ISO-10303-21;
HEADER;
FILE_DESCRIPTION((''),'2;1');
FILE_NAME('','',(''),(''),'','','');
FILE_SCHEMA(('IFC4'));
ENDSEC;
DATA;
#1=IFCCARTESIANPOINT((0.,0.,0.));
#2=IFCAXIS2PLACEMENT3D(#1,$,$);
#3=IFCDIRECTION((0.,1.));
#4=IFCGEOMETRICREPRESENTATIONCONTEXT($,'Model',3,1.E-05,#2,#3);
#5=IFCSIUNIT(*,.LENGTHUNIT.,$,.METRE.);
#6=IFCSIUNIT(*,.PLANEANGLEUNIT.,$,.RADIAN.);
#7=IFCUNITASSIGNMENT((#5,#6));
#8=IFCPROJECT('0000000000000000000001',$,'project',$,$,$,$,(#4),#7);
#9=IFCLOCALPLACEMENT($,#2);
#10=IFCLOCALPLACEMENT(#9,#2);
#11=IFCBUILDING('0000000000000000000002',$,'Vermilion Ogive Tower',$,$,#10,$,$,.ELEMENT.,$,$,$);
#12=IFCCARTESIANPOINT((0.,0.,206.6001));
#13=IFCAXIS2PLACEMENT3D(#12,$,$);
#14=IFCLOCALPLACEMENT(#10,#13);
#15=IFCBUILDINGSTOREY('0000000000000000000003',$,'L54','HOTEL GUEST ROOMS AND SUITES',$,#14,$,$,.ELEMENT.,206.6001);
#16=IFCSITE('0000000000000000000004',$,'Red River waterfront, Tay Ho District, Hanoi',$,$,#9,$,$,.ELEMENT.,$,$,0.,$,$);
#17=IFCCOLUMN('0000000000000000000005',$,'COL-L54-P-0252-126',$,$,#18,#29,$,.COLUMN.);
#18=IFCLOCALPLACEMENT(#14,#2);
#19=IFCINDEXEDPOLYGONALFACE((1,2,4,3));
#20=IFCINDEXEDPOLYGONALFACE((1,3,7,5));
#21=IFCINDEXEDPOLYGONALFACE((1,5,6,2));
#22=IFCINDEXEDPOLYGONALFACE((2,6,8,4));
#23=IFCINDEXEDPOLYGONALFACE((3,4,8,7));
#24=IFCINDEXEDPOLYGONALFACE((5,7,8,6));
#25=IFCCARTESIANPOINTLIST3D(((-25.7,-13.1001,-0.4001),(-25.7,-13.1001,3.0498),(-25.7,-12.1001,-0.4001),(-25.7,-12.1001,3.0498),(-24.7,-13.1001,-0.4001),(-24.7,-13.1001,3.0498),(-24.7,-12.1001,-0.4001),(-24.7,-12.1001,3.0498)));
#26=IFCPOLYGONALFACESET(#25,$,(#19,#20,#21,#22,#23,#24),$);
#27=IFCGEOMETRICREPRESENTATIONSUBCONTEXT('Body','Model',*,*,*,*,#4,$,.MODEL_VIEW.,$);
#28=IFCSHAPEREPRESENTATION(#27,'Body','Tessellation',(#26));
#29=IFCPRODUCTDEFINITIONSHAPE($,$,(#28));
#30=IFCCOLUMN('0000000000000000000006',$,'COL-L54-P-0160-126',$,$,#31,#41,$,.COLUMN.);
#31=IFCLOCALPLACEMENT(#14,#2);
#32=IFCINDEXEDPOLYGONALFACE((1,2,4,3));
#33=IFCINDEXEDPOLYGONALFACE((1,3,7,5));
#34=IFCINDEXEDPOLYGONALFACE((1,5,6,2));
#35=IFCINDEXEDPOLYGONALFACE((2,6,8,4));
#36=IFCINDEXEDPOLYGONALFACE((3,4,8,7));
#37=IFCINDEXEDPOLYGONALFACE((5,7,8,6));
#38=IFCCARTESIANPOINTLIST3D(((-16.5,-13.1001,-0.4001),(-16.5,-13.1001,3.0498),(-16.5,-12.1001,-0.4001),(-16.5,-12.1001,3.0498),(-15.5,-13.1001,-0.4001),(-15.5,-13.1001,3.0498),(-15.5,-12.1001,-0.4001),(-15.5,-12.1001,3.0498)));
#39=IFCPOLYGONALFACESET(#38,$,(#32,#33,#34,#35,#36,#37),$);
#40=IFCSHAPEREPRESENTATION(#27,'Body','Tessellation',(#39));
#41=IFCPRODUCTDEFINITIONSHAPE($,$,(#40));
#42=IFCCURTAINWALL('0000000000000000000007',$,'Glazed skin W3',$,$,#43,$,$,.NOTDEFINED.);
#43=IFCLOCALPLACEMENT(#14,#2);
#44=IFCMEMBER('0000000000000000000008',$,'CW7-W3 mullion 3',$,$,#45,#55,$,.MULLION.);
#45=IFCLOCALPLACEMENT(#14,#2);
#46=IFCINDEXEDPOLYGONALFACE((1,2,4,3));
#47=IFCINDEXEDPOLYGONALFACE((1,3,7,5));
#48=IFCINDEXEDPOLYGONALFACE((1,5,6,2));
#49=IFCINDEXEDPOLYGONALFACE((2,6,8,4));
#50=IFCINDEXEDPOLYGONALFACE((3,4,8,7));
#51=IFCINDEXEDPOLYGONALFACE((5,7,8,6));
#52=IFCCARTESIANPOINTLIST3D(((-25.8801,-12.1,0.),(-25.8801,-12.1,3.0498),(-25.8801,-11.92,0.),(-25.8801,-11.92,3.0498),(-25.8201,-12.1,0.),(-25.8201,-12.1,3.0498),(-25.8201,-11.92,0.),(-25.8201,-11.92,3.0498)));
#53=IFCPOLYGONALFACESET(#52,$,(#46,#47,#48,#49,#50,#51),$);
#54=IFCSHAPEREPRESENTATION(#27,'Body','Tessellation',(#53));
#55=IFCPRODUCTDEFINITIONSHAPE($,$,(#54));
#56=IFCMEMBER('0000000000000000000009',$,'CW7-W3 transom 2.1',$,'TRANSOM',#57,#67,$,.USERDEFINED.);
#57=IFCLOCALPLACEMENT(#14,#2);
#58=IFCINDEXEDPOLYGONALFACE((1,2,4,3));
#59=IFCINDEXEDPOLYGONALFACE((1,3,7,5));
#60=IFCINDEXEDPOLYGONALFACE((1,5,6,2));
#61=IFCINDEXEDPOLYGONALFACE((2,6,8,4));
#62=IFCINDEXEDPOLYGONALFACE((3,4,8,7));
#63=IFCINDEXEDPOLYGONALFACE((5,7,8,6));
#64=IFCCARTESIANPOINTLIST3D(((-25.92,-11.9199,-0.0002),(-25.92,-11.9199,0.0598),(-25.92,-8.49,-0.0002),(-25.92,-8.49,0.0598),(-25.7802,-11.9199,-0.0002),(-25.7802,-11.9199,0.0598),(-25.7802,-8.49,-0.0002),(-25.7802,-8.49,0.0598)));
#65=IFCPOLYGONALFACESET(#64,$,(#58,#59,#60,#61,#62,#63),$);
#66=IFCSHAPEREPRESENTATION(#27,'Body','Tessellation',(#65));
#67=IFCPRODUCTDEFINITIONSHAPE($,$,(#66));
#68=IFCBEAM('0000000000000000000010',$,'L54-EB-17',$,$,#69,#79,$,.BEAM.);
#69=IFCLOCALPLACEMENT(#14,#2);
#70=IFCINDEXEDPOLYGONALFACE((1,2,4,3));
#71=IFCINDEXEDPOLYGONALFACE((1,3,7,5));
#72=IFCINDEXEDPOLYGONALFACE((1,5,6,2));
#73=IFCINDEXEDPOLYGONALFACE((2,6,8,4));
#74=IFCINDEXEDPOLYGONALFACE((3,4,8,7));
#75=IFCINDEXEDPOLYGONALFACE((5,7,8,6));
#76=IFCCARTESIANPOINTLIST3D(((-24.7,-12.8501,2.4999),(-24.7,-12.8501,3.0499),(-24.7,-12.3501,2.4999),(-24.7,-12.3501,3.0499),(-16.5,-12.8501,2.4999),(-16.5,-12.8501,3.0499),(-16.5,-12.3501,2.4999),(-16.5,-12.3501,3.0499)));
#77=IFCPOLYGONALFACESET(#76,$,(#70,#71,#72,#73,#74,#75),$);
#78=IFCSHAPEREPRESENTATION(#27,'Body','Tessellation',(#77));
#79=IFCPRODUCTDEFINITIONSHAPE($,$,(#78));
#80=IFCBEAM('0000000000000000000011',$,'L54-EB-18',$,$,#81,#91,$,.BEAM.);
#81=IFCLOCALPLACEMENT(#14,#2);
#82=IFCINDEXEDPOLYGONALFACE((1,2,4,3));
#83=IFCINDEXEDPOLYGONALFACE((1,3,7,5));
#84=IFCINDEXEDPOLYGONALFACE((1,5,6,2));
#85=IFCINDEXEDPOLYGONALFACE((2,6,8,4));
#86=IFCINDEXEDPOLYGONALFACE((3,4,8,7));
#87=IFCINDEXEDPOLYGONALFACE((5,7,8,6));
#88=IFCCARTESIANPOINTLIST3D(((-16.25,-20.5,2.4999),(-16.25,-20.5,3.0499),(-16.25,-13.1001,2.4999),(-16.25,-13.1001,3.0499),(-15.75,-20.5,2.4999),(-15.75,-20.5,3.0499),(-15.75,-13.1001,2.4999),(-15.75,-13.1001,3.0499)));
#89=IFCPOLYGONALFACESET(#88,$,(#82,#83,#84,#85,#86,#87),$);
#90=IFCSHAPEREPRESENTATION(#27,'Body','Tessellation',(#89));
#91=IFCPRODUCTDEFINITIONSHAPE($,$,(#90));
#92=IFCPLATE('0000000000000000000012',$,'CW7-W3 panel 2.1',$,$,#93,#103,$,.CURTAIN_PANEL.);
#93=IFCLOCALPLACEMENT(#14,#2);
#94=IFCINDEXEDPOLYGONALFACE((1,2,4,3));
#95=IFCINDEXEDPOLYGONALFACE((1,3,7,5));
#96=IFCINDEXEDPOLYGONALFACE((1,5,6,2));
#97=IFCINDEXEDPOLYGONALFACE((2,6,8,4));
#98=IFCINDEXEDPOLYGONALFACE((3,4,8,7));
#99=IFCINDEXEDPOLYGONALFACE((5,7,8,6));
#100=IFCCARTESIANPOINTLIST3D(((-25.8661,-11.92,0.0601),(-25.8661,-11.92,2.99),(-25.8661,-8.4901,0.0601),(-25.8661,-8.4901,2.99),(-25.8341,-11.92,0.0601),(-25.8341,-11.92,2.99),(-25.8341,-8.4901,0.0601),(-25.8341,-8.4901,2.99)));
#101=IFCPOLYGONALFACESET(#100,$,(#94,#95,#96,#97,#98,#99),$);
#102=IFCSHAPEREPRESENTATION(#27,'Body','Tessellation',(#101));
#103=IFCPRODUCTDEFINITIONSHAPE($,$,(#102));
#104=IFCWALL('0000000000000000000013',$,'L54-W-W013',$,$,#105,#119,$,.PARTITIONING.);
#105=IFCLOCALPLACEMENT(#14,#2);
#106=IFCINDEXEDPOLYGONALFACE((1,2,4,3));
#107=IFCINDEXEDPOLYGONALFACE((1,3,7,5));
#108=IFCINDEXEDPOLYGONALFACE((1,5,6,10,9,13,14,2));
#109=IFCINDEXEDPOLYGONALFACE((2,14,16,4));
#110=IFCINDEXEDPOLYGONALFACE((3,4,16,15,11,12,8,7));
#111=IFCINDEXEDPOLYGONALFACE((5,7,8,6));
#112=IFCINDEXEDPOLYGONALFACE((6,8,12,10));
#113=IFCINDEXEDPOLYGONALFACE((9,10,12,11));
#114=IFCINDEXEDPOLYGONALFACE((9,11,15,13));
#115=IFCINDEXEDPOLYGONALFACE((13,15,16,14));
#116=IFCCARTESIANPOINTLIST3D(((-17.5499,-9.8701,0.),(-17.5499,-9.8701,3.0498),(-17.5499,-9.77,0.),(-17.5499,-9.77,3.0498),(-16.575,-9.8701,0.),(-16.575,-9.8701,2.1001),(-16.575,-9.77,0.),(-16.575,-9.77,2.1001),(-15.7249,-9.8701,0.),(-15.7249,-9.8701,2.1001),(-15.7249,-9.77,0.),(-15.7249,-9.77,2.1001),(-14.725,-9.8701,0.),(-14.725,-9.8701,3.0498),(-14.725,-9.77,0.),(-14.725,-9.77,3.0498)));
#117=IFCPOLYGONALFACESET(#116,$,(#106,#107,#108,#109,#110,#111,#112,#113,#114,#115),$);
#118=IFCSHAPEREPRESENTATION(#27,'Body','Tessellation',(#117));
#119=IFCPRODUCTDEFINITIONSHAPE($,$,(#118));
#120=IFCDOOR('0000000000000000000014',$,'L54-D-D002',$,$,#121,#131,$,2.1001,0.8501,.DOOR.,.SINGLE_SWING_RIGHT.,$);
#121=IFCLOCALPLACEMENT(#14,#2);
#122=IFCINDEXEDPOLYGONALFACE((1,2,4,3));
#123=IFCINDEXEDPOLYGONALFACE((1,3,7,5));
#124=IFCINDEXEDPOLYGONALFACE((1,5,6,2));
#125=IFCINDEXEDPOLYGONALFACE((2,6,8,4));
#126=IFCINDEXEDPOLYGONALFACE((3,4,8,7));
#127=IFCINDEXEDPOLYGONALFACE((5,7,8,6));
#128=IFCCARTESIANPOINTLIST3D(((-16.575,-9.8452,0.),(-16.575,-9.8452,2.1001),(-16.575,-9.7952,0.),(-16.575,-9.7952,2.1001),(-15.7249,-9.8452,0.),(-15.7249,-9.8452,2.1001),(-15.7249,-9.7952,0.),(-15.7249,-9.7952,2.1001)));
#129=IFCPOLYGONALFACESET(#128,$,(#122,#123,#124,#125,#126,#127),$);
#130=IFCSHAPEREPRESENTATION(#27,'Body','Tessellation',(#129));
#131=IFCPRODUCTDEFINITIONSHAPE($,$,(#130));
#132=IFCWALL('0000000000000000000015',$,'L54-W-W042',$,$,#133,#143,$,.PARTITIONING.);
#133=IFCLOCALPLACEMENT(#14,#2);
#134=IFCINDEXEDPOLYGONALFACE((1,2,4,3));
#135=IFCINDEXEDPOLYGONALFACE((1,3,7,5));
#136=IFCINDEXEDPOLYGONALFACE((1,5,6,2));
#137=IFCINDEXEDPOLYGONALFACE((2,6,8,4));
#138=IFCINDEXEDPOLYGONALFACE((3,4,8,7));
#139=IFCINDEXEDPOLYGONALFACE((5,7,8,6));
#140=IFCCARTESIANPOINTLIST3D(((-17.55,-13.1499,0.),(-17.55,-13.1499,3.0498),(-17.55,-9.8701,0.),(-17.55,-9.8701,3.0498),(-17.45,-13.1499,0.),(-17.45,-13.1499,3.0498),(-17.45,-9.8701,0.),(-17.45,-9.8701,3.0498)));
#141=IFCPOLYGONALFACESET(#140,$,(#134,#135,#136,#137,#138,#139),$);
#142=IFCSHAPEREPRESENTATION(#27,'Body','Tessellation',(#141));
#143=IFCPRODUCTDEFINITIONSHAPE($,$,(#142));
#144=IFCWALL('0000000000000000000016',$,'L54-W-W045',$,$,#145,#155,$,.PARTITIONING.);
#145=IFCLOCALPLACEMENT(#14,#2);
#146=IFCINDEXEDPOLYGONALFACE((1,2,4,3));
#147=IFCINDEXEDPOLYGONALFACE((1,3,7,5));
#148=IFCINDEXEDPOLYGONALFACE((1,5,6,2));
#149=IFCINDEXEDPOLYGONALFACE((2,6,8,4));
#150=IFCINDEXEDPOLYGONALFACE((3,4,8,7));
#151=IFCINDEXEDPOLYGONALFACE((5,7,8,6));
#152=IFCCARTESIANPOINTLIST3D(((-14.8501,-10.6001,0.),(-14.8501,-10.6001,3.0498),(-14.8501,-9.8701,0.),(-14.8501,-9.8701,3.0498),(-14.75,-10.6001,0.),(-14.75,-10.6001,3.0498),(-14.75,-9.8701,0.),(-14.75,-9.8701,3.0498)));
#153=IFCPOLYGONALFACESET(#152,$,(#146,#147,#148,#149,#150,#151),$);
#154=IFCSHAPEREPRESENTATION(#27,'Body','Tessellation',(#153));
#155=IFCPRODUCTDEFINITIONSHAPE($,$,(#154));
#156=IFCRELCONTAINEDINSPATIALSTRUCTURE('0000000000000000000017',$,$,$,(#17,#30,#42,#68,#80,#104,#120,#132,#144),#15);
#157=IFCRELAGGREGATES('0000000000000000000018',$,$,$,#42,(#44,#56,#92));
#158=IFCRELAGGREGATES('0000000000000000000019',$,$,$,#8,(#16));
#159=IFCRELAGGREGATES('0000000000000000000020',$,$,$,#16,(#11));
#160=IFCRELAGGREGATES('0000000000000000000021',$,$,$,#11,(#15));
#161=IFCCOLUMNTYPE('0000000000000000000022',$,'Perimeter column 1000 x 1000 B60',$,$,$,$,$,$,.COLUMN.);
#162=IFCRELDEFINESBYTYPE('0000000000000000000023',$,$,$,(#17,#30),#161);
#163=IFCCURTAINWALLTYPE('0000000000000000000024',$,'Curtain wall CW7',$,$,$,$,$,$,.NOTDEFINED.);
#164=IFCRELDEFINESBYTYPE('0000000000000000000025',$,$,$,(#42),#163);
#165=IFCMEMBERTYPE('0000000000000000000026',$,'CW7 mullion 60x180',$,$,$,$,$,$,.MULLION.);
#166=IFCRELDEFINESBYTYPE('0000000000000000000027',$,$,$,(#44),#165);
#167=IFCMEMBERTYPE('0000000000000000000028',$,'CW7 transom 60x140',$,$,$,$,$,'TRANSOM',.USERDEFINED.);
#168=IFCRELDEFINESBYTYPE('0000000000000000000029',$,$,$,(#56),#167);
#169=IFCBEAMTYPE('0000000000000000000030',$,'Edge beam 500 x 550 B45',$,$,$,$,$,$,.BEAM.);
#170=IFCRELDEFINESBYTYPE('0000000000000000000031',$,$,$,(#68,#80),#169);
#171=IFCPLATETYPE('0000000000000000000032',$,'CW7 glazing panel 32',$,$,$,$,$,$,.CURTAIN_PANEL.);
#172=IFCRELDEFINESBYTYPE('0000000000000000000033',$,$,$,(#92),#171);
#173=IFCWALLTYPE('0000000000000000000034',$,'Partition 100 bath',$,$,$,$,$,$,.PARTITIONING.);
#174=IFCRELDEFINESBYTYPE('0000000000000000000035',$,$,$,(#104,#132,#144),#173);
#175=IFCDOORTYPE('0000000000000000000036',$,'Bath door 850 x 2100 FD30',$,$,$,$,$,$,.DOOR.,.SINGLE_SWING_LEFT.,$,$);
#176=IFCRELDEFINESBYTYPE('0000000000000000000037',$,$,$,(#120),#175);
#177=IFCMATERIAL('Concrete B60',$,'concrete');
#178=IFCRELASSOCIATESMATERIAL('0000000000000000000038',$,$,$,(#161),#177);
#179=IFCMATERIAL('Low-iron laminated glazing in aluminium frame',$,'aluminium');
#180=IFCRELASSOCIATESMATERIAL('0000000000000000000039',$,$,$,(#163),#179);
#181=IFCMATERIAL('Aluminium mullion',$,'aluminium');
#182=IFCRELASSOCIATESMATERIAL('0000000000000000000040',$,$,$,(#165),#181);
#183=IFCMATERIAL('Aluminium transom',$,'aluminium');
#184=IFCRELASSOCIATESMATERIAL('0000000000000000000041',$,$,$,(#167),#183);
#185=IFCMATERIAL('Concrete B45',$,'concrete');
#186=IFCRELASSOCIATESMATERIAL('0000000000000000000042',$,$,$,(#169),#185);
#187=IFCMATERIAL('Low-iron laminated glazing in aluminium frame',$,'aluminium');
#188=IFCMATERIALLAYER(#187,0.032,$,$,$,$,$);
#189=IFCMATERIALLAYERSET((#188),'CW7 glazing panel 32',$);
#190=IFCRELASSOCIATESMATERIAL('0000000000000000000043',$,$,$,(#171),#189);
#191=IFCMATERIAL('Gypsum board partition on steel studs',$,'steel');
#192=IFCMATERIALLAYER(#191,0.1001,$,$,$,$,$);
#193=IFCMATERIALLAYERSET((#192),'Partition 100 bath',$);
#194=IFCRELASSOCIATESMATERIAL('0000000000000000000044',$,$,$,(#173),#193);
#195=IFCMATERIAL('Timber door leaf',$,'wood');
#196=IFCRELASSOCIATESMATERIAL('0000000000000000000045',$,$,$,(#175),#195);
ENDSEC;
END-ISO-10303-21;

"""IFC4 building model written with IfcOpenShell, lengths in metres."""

from ifc_helpers import new_model, si_unit, direction, frame, frame_2d, origin, origin_2d, place, context, subcontext, project, spatial, rectangle, extrude, material, layer, layer_set, material_profile, profile_set, type_object, element, fill, aggregate, save


model = new_model("IFC4")

# Units and contexts
model_context = context("Model", 3, precision=1e-05, world=origin(), true_north=direction((0.0, 1.0)))
body_context = subcontext(model_context, "Body", "Model", "MODEL_VIEW")
ifc_project = project(units=[si_unit("LENGTHUNIT", "METRE"), si_unit("PLANEANGLEUNIT", "RADIAN")], contexts=[model_context])

# Site, building, storey
site_placement = place(None, origin())
site = spatial("IfcSite", under=ifc_project, at=site_placement, Name="Red River waterfront, Tay Ho District, Hanoi", CompositionType="ELEMENT", RefElevation=0.0)
building_placement = place(site_placement, origin())
building = spatial("IfcBuilding", under=site, at=building_placement, Name="Vermilion Ogive Tower", CompositionType="ELEMENT")
storey_placement = place(building_placement, frame((0.0, 0.0, 206.6001)))
storey = spatial("IfcBuildingStorey", under=building, at=storey_placement, Name="L54", Description="HOTEL GUEST ROOMS AND SUITES", CompositionType="ELEMENT", Elevation=206.6001)

# Columns
ifc_material_1 = material(Name="Concrete B60", Category="concrete")
ifc_material_profile_1 = material_profile(ifc_material_1, rectangle(XDim=1.0, YDim=1.0, at=origin_2d()), Name="1000 x 1000")
ifc_profile_set_1 = profile_set([ifc_material_profile_1], Name="Concrete B60")
column_type = type_object("IfcColumnType", Name="Perimeter column 1000 x 1000 B60", PredefinedType="COLUMN", material=ifc_profile_set_1)
for number, where, z_axis, x_axis, name in (
    (1, (-25.2, -12.6001, -0.4001), (0.0, 0.0, 1.0), (1.0, 0.0, 0.0), "COL-L54-P-0252-126"),
    (2, (-16.0, -12.6001, -0.4001), (0.0, 0.0, 1.0), (1.0, 0.0, 0.0), "COL-L54-P-0160-126"),
):
    element("IfcColumn", number, at=place(storey_placement, frame(where, z_axis=z_axis, x_axis=x_axis)), inside=storey, type_object=column_type, Name=name, PredefinedType="COLUMN", context=body_context, shape_type="SweptSolid", body=[
        extrude(rectangle(XDim=1.0, YDim=1.0, at=origin_2d()), origin(), (0.0, 0.0, 1.0), 3.45),
    ])

# Curtain wall, members
ifc_material_2 = material(Name="Low-iron laminated glazing in aluminium frame", Category="aluminium")
curtain_wall_type = type_object("IfcCurtainWallType", Name="Curtain wall CW7", PredefinedType="NOTDEFINED", material=ifc_material_2)
curtain_wall_placement = place(storey_placement, origin())
curtain_wall = element("IfcCurtainWall", 3, at=curtain_wall_placement, inside=storey, type_object=curtain_wall_type, Name="Glazed skin W3", PredefinedType="NOTDEFINED")
ifc_material_3 = material(Name="Aluminium mullion", Category="aluminium")
ifc_material_profile_2 = material_profile(ifc_material_3, rectangle(XDim=0.0601, YDim=0.1799, at=origin_2d()), Name="AL 60x180")
ifc_profile_set_2 = profile_set([ifc_material_profile_2], Name="Aluminium mullion")
member_type_1 = type_object("IfcMemberType", Name="CW7 mullion 60x180", PredefinedType="MULLION", material=ifc_profile_set_2)
member_1_placement = place(storey_placement, frame((-25.8501, -12.01, 0.0), z_axis=(0.0, 0.0, 1.0), x_axis=(1.0, 0.0, 0.0)))
member_1 = element("IfcMember", 4, at=member_1_placement, type_object=member_type_1, Name="CW7-W3 mullion 3", PredefinedType="MULLION", context=body_context, shape_type="SweptSolid", body=[
    extrude(rectangle(XDim=0.0601, YDim=0.1799, at=origin_2d()), origin(), (0.0, 0.0, 1.0), 3.0498),
])
ifc_material_4 = material(Name="Aluminium transom", Category="aluminium")
ifc_material_profile_3 = material_profile(ifc_material_4, rectangle(XDim=0.1399, YDim=0.0601, at=origin_2d()), Name="AL 60x140")
ifc_profile_set_3 = profile_set([ifc_material_profile_3], Name="Aluminium transom")
member_type_2 = type_object("IfcMemberType", Name="CW7 transom 60x140", ElementType="TRANSOM", PredefinedType="USERDEFINED", material=ifc_profile_set_3)
member_2_placement = place(storey_placement, frame((-25.8501, -8.49, 0.0298), z_axis=(0.0, -1.0, 0.0), x_axis=(1.0, 0.0, 0.0)))
member_2 = element("IfcMember", 5, at=member_2_placement, type_object=member_type_2, Name="CW7-W3 transom 2.1", ObjectType="TRANSOM", PredefinedType="USERDEFINED", context=body_context, shape_type="SweptSolid", body=[
    extrude(rectangle(XDim=0.1399, YDim=0.0601, at=origin_2d()), origin(), (0.0, 0.0, 1.0), 3.4299),
])

# Beams
ifc_material_5 = material(Name="Concrete B45", Category="concrete")
ifc_material_profile_4 = material_profile(ifc_material_5, rectangle(XDim=0.5, YDim=0.55, at=origin_2d()), Name="500 x 550")
ifc_profile_set_4 = profile_set([ifc_material_profile_4], Name="Concrete B45")
beam_type = type_object("IfcBeamType", Name="Edge beam 500 x 550 B45", PredefinedType="BEAM", material=ifc_profile_set_4)
beam_1_placement = place(storey_placement, frame((-24.7, -12.6001, 2.7749), z_axis=(1.0, 0.0, 0.0), x_axis=(0.0, 1.0, 0.0)))
element("IfcBeam", 6, at=beam_1_placement, inside=storey, type_object=beam_type, Name="L54-EB-17", PredefinedType="BEAM", context=body_context, shape_type="SweptSolid", body=[
    extrude(rectangle(XDim=0.5, YDim=0.55, at=origin_2d()), origin(), (0.0, 0.0, 1.0), 8.2),
])
beam_2_placement = place(storey_placement, frame((-16.0, -13.1001, 2.7749), z_axis=(0.0, -1.0, 0.0), x_axis=(1.0, 0.0, 0.0)))
element("IfcBeam", 7, at=beam_2_placement, inside=storey, type_object=beam_type, Name="L54-EB-18", PredefinedType="BEAM", context=body_context, shape_type="SweptSolid", body=[
    extrude(rectangle(XDim=0.5, YDim=0.55, at=origin_2d()), origin(), (0.0, 0.0, 1.0), 7.3999),
])

# Plate
ifc_material_6 = material(Name="Low-iron laminated glazing in aluminium frame", Category="aluminium")
ifc_layer_1 = layer(ifc_material_6, 0.032)
ifc_layer_set_1 = layer_set([ifc_layer_1], Name="CW7 glazing panel 32")
plate_type = type_object("IfcPlateType", Name="CW7 glazing panel 32", PredefinedType="CURTAIN_PANEL", material=ifc_layer_set_1)
plate_placement = place(storey_placement, frame((-25.8501, -10.2051, 0.0601), z_axis=(0.0, 0.0, 1.0), x_axis=(0.0, -1.0, 0.0)))
plate = element("IfcPlate", 8, at=plate_placement, type_object=plate_type, Name="CW7-W3 panel 2.1", PredefinedType="CURTAIN_PANEL", context=body_context, shape_type="SweptSolid", body=[
    extrude(rectangle(XDim=3.4299, YDim=0.032, at=origin_2d()), origin(), (0.0, 0.0, 1.0), 2.9299),
])
aggregate(curtain_wall, [member_1, member_2, plate])

# Wall, opening, door
ifc_material_7 = material(Name="Gypsum board partition on steel studs", Category="steel")
ifc_layer_2 = layer(ifc_material_7, 0.1001)
ifc_layer_set_2 = layer_set([ifc_layer_2], Name="Partition 100 bath")
wall_type_1 = type_object("IfcWallType", Name="Partition 100 bath", PredefinedType="PARTITIONING", material=ifc_layer_set_2)
wall_1_placement = place(storey_placement, frame((-17.55, -9.8201, 0.0), z_axis=(0.0, 0.0, 1.0), x_axis=(1.0, 0.0, 0.0)))
wall_1 = element("IfcWall", 9, at=wall_1_placement, inside=storey, type_object=wall_type_1, Name="L54-W-W013", PredefinedType="PARTITIONING", context=body_context, shape_type="SweptSolid", body=[
    extrude(rectangle(XDim=2.825, YDim=0.1001, at=frame_2d((1.4126, 0.0))), origin(), (0.0, 0.0, 1.0), 3.0498),
])
opening_1_placement = place(wall_1_placement, frame((0.9751, 0.0, 0.0)))
opening_1 = element("IfcOpeningElement", 10, at=opening_1_placement, cuts=wall_1, PredefinedType="OPENING", context=body_context, shape_type="SweptSolid", body=[
    extrude(rectangle(XDim=0.8501, YDim=2.1001, at=frame_2d((0.425, 1.05))), frame((0.0, 0.0601, 0.0), z_axis=(0.0, -1.0, 0.0), x_axis=(1.0, 0.0, 0.0)), (0.0, 0.0, 1.0), 0.1201),
])
ifc_material_8 = material(Name="Timber door leaf", Category="wood")
door_type_1 = type_object("IfcDoorType", Name="Bath door 850 x 2100 FD30", OperationType="SINGLE_SWING_LEFT", PredefinedType="DOOR", material=ifc_material_8)
door_1_placement = place(opening_1_placement, origin())
door_1 = element("IfcDoor", 11, at=door_1_placement, inside=storey, type_object=door_type_1, Name="L54-D-D002", OperationType="SINGLE_SWING_RIGHT", OverallHeight=2.1001, OverallWidth=0.8501, PredefinedType="DOOR", context=body_context, shape_type="SweptSolid", body=[
    extrude(rectangle(XDim=0.8501, YDim=2.1001, at=frame_2d((0.425, 1.05))), frame((0.0, 0.0249, 0.0), z_axis=(0.0, -1.0, 0.0), x_axis=(1.0, 0.0, 0.0)), (0.0, 0.0, 1.0), 0.05),
])
fill(opening_1, door_1)

# Walls
wall_2_placement = place(storey_placement, frame((-17.5, -13.1499, 0.0), z_axis=(0.0, 0.0, 1.0), x_axis=(0.0, 1.0, 0.0)))
element("IfcWall", 12, at=wall_2_placement, inside=storey, type_object=wall_type_1, Name="L54-W-W042", PredefinedType="PARTITIONING", context=body_context, shape_type="SweptSolid", body=[
    extrude(rectangle(XDim=3.2798, YDim=0.1001, at=frame_2d((1.6399, 0.0))), origin(), (0.0, 0.0, 1.0), 3.0498),
])
wall_3_placement = place(storey_placement, frame((-14.8, -10.6001, 0.0), z_axis=(0.0, 0.0, 1.0), x_axis=(0.0, 1.0, 0.0)))
element("IfcWall", 13, at=wall_3_placement, inside=storey, type_object=wall_type_1, Name="L54-W-W045", PredefinedType="PARTITIONING", context=body_context, shape_type="SweptSolid", body=[
    extrude(rectangle(XDim=0.73, YDim=0.1001, at=frame_2d((0.365, 0.0))), origin(), (0.0, 0.0, 1.0), 3.0498),
])

save(model, "model.ifc")
